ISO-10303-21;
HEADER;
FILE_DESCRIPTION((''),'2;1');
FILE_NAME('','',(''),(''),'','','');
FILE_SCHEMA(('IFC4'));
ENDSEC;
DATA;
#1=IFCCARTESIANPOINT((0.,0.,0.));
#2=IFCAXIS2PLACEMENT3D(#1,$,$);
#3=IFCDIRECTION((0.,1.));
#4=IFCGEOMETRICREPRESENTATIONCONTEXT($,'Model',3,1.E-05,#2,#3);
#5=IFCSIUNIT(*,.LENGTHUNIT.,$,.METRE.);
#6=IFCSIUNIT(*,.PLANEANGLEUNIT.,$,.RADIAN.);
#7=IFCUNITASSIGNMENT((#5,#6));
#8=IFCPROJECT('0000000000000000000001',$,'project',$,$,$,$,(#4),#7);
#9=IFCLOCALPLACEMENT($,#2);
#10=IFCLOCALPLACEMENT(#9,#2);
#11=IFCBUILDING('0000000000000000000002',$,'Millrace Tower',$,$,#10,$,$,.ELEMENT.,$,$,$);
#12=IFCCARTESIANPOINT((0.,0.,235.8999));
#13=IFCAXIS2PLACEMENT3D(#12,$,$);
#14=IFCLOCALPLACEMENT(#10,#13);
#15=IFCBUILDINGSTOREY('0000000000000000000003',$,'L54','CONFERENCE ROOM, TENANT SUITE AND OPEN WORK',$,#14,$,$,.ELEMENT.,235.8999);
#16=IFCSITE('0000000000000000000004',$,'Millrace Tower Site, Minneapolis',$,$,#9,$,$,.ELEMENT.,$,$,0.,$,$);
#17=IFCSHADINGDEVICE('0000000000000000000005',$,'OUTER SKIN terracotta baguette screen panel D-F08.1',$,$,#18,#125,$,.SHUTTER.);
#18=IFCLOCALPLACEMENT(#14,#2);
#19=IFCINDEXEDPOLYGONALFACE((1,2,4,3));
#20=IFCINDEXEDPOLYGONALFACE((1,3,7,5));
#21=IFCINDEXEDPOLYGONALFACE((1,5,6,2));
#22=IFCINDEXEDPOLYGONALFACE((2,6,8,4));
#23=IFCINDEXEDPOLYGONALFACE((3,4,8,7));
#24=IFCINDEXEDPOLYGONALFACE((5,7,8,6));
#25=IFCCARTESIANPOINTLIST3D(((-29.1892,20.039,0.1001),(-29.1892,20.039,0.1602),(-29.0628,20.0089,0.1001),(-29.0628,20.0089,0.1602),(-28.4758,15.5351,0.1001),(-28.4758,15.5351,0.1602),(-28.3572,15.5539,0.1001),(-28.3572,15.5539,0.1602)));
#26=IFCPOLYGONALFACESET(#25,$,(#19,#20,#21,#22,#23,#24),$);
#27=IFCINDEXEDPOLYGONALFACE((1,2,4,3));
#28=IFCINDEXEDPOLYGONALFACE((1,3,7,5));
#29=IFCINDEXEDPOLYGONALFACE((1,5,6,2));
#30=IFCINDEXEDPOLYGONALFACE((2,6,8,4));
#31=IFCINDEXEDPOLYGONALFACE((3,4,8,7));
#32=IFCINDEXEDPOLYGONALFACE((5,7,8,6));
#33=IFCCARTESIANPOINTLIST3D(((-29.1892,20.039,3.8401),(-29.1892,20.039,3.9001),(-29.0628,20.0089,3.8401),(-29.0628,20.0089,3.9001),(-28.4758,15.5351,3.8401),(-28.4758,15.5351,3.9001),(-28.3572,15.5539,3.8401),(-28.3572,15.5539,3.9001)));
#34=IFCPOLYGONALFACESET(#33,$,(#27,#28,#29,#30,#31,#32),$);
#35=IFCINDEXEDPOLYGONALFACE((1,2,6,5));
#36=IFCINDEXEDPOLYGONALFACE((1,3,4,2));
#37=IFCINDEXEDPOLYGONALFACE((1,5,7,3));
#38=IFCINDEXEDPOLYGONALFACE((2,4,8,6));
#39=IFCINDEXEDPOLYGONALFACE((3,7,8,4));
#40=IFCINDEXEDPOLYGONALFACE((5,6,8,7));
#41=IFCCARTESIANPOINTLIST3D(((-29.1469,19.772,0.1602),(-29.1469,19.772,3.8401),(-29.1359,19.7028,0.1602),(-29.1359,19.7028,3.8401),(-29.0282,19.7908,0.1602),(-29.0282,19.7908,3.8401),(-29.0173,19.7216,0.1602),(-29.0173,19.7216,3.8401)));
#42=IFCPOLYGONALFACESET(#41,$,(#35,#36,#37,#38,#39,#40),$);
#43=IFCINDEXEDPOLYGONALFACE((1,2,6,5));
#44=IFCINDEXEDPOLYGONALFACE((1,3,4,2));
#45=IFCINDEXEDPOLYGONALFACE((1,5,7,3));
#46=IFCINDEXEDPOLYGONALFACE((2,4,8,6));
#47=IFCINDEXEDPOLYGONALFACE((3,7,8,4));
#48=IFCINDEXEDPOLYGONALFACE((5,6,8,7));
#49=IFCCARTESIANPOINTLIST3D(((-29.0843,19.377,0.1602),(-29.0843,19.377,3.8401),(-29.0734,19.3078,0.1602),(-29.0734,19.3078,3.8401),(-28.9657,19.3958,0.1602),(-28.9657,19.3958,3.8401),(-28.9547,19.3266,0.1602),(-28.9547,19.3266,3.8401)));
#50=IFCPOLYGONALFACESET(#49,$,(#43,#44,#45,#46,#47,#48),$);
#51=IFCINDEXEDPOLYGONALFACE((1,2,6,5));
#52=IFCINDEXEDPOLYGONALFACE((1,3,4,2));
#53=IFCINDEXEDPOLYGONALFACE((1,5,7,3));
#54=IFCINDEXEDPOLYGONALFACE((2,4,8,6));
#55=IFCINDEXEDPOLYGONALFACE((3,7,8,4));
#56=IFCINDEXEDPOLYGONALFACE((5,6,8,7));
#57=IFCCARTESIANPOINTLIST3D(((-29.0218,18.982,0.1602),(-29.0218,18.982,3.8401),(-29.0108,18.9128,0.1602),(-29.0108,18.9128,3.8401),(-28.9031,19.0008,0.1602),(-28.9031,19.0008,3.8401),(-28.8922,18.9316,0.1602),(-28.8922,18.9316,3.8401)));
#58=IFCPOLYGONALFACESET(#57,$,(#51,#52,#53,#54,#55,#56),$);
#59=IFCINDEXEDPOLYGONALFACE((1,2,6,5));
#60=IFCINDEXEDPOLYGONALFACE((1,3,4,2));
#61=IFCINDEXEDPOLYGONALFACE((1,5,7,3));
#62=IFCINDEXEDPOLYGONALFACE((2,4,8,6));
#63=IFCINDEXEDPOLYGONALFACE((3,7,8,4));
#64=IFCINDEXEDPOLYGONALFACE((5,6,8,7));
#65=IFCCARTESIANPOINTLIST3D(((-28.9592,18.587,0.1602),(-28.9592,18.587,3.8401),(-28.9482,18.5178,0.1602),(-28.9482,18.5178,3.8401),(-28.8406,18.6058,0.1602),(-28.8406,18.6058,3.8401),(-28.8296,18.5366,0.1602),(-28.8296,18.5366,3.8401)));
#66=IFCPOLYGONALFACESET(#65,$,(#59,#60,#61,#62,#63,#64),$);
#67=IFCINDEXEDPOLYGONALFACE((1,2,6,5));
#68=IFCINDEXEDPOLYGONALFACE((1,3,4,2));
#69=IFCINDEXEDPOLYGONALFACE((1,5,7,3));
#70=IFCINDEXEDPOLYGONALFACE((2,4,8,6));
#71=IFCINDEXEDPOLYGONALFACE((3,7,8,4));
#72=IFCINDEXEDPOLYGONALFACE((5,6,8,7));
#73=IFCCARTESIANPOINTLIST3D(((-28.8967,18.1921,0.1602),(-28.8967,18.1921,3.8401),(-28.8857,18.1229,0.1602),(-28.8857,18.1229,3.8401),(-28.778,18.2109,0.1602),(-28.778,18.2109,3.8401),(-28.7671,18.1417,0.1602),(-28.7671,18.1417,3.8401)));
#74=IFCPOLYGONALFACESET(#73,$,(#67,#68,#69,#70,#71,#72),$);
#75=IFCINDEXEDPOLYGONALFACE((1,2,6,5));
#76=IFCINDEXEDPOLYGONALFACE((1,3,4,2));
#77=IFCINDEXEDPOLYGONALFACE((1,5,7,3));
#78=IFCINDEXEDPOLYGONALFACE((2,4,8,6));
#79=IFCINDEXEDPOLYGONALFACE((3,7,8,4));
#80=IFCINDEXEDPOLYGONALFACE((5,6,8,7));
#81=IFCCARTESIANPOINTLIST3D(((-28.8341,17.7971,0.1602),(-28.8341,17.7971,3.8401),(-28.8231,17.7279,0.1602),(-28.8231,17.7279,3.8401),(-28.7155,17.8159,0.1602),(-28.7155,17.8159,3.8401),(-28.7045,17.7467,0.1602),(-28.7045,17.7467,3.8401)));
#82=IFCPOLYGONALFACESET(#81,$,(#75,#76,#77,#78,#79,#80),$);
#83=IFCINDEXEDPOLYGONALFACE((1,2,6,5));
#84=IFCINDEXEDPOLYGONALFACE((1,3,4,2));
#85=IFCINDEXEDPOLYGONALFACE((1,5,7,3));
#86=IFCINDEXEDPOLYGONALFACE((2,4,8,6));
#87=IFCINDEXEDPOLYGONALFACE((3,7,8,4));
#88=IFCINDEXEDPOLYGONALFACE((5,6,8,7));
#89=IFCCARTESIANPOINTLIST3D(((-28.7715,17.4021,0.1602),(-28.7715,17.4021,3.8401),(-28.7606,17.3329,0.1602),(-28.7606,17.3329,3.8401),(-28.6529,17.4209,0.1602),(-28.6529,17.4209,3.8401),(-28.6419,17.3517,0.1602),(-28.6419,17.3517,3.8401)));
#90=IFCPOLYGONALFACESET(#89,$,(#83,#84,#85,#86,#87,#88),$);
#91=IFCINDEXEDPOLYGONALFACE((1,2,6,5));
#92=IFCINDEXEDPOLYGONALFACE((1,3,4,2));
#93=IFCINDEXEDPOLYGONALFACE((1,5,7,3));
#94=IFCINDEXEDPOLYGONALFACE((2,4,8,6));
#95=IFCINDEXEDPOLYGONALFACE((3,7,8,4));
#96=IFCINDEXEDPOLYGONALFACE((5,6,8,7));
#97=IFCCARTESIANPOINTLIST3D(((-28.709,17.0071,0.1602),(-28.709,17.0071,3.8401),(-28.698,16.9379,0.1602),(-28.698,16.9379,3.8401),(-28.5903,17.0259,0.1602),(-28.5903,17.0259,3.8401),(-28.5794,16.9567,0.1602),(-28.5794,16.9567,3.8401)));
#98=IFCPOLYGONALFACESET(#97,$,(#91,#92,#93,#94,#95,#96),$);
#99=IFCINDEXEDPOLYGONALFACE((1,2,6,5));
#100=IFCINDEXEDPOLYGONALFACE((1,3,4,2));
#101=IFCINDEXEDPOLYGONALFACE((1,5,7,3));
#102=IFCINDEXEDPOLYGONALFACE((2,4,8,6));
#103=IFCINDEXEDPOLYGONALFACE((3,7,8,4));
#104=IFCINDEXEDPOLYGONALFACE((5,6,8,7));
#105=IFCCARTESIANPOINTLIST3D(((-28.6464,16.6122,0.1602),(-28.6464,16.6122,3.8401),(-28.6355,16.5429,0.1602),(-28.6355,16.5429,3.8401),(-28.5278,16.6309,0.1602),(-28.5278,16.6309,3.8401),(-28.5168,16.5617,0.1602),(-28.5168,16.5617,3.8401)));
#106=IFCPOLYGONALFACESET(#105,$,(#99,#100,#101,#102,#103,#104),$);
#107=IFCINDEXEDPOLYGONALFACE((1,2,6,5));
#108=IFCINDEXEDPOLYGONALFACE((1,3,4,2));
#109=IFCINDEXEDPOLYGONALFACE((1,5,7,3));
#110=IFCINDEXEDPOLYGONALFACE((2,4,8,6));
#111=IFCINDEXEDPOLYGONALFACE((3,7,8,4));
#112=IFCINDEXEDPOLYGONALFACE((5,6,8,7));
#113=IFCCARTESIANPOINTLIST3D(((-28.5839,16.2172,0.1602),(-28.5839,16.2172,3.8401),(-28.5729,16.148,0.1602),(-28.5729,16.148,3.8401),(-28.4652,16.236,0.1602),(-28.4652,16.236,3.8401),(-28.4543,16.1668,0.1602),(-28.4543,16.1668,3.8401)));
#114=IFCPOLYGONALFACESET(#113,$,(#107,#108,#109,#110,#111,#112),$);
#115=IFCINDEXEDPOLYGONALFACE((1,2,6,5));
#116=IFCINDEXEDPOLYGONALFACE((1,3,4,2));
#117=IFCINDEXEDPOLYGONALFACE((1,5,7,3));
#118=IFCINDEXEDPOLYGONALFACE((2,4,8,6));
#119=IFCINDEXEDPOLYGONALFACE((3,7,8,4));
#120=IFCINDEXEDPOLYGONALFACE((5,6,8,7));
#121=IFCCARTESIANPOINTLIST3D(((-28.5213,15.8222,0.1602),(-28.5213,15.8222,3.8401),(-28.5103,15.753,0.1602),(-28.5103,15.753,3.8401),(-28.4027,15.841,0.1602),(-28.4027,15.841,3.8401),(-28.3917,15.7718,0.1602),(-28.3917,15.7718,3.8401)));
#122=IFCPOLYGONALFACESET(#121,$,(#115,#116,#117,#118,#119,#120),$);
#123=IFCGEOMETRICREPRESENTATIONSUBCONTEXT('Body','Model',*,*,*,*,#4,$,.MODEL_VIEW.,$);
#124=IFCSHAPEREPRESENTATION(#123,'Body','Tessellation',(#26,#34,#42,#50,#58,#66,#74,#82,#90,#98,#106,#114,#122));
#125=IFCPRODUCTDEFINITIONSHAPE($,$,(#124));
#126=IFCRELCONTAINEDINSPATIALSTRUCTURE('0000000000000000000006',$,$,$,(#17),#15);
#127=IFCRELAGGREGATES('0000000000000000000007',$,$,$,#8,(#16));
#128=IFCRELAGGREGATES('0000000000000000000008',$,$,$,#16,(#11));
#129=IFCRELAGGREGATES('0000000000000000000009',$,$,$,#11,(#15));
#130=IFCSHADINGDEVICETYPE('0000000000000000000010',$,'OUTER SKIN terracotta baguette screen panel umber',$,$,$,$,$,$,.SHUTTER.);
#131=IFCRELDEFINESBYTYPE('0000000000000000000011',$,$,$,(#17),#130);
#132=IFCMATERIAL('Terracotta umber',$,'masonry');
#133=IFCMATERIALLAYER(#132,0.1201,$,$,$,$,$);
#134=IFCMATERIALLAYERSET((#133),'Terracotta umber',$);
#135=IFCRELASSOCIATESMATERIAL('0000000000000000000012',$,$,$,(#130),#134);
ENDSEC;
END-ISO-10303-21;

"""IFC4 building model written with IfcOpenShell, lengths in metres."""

from ifc_helpers import new_model, entity, si_unit, direction, frame, frame_2d, origin, place, context, subcontext, project, spatial, rectangle, extrude, source, transform, mapped, material, layer, layer_set, type_object, element, save


model = new_model("IFC4")

# Units and contexts
model_context = context("Model", 3, precision=1e-05, world=origin(), true_north=direction((0.0, 1.0)))
body_context = subcontext(model_context, "Body", "Model", "MODEL_VIEW")
ifc_project = project(units=[si_unit("LENGTHUNIT", "METRE"), si_unit("PLANEANGLEUNIT", "RADIAN")], contexts=[model_context])

# Site, building, storey
site_placement = place(None, origin())
site = spatial("IfcSite", under=ifc_project, at=site_placement, Name="Millrace Tower Site, Minneapolis", CompositionType="ELEMENT", RefElevation=0.0)
building_placement = place(site_placement, origin())
building = spatial("IfcBuilding", under=site, at=building_placement, Name="Millrace Tower", CompositionType="ELEMENT")
storey_placement = place(building_placement, frame((0.0, 0.0, 235.8999)))
storey = spatial("IfcBuildingStorey", under=building, at=storey_placement, Name="L54", Description="CONFERENCE ROOM, TENANT SUITE AND OPEN WORK", CompositionType="ELEMENT", Elevation=235.8999)

# Shading device
ifc_material_1 = material(Name="Terracotta umber", Category="masonry")
ifc_layer_1 = layer(ifc_material_1, 0.1201)
ifc_layer_set_1 = layer_set([ifc_layer_1], Name="Terracotta umber")
shading_device_type = type_object("IfcShadingDeviceType", Name="OUTER SKIN terracotta baguette screen panel umber", PredefinedType="SHUTTER", material=ifc_layer_set_1)
cartesian_point_1 = entity("IfcCartesianPoint", [-2.2429, 0.0601])
shared_polyline_1 = entity("IfcPolyline", [cartesian_point_1, entity("IfcCartesianPoint", [2.2676, 0.0601]), entity("IfcCartesianPoint", [2.2676, -0.0601]), entity("IfcCartesianPoint", [-2.2925, -0.0601]), cartesian_point_1])
shared_shape_1 = source(origin(), body_context, "Body", "SweptSolid", [
    entity("IfcExtrudedAreaSolid", entity("IfcArbitraryClosedProfileDef", "AREA", None, shared_polyline_1), entity("IfcAxis2Placement3D", entity("IfcCartesianPoint", [0.0, 0.0, 0.0])), entity("IfcDirection", [0.0, 0.0, 1.0]), 0.0601),
    entity("IfcExtrudedAreaSolid", entity("IfcArbitraryClosedProfileDef", "AREA", None, shared_polyline_1), entity("IfcAxis2Placement3D", entity("IfcCartesianPoint", [0.0, 0.0, 3.74])), entity("IfcDirection", [0.0, 0.0, 1.0]), 0.0601),
    extrude(rectangle(XDim=0.0701, YDim=0.1201, at=frame_2d((-1.9871, 0.0))), frame((0.0, 0.0, 0.0601)), (0.0, 0.0, 1.0), 3.6799),
    extrude(rectangle(XDim=0.0701, YDim=0.1201, at=frame_2d((-1.5872, 0.0))), frame((0.0, 0.0, 0.0601)), (0.0, 0.0, 1.0), 3.6799),
    extrude(rectangle(XDim=0.0701, YDim=0.1201, at=frame_2d((-1.1873, 0.0))), frame((0.0, 0.0, 0.0601)), (0.0, 0.0, 1.0), 3.6799),
    extrude(rectangle(XDim=0.0701, YDim=0.1201, at=frame_2d((-0.7874, 0.0))), frame((0.0, 0.0, 0.0601)), (0.0, 0.0, 1.0), 3.6799),
    extrude(rectangle(XDim=0.0701, YDim=0.1201, at=frame_2d((-0.3875, 0.0))), frame((0.0, 0.0, 0.0601)), (0.0, 0.0, 1.0), 3.6799),
    extrude(rectangle(XDim=0.0701, YDim=0.1201, at=frame_2d((0.0125, 0.0))), frame((0.0, 0.0, 0.0601)), (0.0, 0.0, 1.0), 3.6799),
    extrude(rectangle(XDim=0.0701, YDim=0.1201, at=frame_2d((0.4124, 0.0))), frame((0.0, 0.0, 0.0601)), (0.0, 0.0, 1.0), 3.6799),
    extrude(rectangle(XDim=0.0701, YDim=0.1201, at=frame_2d((0.8123, 0.0))), frame((0.0, 0.0, 0.0601)), (0.0, 0.0, 1.0), 3.6799),
    extrude(rectangle(XDim=0.0701, YDim=0.1201, at=frame_2d((1.2122, 0.0))), frame((0.0, 0.0, 0.0601)), (0.0, 0.0, 1.0), 3.6799),
    extrude(rectangle(XDim=0.0701, YDim=0.1201, at=frame_2d((1.6121, 0.0))), frame((0.0, 0.0, 0.0601)), (0.0, 0.0, 1.0), 3.6799),
    extrude(rectangle(XDim=0.0701, YDim=0.1201, at=frame_2d((2.012, 0.0))), frame((0.0, 0.0, 0.0601)), (0.0, 0.0, 1.0), 3.6799),
])
shading_device_1_placement = place(storey_placement, frame((-28.7712, 17.7842, 0.1001), z_axis=(0.0, 0.0, 1.0), x_axis=(0.156434, -0.987688, 0.0)))
element("IfcShadingDevice", 1, at=shading_device_1_placement, inside=storey, type_object=shading_device_type, Name="OUTER SKIN terracotta baguette screen panel D-F08.1", PredefinedType="SHUTTER", context=body_context, shape_type="MappedRepresentation", body=[
    mapped(shared_shape_1, transform((0.0, 0.0, 0.0), scale=1.0)),
])

save(model, "model.ifc")
